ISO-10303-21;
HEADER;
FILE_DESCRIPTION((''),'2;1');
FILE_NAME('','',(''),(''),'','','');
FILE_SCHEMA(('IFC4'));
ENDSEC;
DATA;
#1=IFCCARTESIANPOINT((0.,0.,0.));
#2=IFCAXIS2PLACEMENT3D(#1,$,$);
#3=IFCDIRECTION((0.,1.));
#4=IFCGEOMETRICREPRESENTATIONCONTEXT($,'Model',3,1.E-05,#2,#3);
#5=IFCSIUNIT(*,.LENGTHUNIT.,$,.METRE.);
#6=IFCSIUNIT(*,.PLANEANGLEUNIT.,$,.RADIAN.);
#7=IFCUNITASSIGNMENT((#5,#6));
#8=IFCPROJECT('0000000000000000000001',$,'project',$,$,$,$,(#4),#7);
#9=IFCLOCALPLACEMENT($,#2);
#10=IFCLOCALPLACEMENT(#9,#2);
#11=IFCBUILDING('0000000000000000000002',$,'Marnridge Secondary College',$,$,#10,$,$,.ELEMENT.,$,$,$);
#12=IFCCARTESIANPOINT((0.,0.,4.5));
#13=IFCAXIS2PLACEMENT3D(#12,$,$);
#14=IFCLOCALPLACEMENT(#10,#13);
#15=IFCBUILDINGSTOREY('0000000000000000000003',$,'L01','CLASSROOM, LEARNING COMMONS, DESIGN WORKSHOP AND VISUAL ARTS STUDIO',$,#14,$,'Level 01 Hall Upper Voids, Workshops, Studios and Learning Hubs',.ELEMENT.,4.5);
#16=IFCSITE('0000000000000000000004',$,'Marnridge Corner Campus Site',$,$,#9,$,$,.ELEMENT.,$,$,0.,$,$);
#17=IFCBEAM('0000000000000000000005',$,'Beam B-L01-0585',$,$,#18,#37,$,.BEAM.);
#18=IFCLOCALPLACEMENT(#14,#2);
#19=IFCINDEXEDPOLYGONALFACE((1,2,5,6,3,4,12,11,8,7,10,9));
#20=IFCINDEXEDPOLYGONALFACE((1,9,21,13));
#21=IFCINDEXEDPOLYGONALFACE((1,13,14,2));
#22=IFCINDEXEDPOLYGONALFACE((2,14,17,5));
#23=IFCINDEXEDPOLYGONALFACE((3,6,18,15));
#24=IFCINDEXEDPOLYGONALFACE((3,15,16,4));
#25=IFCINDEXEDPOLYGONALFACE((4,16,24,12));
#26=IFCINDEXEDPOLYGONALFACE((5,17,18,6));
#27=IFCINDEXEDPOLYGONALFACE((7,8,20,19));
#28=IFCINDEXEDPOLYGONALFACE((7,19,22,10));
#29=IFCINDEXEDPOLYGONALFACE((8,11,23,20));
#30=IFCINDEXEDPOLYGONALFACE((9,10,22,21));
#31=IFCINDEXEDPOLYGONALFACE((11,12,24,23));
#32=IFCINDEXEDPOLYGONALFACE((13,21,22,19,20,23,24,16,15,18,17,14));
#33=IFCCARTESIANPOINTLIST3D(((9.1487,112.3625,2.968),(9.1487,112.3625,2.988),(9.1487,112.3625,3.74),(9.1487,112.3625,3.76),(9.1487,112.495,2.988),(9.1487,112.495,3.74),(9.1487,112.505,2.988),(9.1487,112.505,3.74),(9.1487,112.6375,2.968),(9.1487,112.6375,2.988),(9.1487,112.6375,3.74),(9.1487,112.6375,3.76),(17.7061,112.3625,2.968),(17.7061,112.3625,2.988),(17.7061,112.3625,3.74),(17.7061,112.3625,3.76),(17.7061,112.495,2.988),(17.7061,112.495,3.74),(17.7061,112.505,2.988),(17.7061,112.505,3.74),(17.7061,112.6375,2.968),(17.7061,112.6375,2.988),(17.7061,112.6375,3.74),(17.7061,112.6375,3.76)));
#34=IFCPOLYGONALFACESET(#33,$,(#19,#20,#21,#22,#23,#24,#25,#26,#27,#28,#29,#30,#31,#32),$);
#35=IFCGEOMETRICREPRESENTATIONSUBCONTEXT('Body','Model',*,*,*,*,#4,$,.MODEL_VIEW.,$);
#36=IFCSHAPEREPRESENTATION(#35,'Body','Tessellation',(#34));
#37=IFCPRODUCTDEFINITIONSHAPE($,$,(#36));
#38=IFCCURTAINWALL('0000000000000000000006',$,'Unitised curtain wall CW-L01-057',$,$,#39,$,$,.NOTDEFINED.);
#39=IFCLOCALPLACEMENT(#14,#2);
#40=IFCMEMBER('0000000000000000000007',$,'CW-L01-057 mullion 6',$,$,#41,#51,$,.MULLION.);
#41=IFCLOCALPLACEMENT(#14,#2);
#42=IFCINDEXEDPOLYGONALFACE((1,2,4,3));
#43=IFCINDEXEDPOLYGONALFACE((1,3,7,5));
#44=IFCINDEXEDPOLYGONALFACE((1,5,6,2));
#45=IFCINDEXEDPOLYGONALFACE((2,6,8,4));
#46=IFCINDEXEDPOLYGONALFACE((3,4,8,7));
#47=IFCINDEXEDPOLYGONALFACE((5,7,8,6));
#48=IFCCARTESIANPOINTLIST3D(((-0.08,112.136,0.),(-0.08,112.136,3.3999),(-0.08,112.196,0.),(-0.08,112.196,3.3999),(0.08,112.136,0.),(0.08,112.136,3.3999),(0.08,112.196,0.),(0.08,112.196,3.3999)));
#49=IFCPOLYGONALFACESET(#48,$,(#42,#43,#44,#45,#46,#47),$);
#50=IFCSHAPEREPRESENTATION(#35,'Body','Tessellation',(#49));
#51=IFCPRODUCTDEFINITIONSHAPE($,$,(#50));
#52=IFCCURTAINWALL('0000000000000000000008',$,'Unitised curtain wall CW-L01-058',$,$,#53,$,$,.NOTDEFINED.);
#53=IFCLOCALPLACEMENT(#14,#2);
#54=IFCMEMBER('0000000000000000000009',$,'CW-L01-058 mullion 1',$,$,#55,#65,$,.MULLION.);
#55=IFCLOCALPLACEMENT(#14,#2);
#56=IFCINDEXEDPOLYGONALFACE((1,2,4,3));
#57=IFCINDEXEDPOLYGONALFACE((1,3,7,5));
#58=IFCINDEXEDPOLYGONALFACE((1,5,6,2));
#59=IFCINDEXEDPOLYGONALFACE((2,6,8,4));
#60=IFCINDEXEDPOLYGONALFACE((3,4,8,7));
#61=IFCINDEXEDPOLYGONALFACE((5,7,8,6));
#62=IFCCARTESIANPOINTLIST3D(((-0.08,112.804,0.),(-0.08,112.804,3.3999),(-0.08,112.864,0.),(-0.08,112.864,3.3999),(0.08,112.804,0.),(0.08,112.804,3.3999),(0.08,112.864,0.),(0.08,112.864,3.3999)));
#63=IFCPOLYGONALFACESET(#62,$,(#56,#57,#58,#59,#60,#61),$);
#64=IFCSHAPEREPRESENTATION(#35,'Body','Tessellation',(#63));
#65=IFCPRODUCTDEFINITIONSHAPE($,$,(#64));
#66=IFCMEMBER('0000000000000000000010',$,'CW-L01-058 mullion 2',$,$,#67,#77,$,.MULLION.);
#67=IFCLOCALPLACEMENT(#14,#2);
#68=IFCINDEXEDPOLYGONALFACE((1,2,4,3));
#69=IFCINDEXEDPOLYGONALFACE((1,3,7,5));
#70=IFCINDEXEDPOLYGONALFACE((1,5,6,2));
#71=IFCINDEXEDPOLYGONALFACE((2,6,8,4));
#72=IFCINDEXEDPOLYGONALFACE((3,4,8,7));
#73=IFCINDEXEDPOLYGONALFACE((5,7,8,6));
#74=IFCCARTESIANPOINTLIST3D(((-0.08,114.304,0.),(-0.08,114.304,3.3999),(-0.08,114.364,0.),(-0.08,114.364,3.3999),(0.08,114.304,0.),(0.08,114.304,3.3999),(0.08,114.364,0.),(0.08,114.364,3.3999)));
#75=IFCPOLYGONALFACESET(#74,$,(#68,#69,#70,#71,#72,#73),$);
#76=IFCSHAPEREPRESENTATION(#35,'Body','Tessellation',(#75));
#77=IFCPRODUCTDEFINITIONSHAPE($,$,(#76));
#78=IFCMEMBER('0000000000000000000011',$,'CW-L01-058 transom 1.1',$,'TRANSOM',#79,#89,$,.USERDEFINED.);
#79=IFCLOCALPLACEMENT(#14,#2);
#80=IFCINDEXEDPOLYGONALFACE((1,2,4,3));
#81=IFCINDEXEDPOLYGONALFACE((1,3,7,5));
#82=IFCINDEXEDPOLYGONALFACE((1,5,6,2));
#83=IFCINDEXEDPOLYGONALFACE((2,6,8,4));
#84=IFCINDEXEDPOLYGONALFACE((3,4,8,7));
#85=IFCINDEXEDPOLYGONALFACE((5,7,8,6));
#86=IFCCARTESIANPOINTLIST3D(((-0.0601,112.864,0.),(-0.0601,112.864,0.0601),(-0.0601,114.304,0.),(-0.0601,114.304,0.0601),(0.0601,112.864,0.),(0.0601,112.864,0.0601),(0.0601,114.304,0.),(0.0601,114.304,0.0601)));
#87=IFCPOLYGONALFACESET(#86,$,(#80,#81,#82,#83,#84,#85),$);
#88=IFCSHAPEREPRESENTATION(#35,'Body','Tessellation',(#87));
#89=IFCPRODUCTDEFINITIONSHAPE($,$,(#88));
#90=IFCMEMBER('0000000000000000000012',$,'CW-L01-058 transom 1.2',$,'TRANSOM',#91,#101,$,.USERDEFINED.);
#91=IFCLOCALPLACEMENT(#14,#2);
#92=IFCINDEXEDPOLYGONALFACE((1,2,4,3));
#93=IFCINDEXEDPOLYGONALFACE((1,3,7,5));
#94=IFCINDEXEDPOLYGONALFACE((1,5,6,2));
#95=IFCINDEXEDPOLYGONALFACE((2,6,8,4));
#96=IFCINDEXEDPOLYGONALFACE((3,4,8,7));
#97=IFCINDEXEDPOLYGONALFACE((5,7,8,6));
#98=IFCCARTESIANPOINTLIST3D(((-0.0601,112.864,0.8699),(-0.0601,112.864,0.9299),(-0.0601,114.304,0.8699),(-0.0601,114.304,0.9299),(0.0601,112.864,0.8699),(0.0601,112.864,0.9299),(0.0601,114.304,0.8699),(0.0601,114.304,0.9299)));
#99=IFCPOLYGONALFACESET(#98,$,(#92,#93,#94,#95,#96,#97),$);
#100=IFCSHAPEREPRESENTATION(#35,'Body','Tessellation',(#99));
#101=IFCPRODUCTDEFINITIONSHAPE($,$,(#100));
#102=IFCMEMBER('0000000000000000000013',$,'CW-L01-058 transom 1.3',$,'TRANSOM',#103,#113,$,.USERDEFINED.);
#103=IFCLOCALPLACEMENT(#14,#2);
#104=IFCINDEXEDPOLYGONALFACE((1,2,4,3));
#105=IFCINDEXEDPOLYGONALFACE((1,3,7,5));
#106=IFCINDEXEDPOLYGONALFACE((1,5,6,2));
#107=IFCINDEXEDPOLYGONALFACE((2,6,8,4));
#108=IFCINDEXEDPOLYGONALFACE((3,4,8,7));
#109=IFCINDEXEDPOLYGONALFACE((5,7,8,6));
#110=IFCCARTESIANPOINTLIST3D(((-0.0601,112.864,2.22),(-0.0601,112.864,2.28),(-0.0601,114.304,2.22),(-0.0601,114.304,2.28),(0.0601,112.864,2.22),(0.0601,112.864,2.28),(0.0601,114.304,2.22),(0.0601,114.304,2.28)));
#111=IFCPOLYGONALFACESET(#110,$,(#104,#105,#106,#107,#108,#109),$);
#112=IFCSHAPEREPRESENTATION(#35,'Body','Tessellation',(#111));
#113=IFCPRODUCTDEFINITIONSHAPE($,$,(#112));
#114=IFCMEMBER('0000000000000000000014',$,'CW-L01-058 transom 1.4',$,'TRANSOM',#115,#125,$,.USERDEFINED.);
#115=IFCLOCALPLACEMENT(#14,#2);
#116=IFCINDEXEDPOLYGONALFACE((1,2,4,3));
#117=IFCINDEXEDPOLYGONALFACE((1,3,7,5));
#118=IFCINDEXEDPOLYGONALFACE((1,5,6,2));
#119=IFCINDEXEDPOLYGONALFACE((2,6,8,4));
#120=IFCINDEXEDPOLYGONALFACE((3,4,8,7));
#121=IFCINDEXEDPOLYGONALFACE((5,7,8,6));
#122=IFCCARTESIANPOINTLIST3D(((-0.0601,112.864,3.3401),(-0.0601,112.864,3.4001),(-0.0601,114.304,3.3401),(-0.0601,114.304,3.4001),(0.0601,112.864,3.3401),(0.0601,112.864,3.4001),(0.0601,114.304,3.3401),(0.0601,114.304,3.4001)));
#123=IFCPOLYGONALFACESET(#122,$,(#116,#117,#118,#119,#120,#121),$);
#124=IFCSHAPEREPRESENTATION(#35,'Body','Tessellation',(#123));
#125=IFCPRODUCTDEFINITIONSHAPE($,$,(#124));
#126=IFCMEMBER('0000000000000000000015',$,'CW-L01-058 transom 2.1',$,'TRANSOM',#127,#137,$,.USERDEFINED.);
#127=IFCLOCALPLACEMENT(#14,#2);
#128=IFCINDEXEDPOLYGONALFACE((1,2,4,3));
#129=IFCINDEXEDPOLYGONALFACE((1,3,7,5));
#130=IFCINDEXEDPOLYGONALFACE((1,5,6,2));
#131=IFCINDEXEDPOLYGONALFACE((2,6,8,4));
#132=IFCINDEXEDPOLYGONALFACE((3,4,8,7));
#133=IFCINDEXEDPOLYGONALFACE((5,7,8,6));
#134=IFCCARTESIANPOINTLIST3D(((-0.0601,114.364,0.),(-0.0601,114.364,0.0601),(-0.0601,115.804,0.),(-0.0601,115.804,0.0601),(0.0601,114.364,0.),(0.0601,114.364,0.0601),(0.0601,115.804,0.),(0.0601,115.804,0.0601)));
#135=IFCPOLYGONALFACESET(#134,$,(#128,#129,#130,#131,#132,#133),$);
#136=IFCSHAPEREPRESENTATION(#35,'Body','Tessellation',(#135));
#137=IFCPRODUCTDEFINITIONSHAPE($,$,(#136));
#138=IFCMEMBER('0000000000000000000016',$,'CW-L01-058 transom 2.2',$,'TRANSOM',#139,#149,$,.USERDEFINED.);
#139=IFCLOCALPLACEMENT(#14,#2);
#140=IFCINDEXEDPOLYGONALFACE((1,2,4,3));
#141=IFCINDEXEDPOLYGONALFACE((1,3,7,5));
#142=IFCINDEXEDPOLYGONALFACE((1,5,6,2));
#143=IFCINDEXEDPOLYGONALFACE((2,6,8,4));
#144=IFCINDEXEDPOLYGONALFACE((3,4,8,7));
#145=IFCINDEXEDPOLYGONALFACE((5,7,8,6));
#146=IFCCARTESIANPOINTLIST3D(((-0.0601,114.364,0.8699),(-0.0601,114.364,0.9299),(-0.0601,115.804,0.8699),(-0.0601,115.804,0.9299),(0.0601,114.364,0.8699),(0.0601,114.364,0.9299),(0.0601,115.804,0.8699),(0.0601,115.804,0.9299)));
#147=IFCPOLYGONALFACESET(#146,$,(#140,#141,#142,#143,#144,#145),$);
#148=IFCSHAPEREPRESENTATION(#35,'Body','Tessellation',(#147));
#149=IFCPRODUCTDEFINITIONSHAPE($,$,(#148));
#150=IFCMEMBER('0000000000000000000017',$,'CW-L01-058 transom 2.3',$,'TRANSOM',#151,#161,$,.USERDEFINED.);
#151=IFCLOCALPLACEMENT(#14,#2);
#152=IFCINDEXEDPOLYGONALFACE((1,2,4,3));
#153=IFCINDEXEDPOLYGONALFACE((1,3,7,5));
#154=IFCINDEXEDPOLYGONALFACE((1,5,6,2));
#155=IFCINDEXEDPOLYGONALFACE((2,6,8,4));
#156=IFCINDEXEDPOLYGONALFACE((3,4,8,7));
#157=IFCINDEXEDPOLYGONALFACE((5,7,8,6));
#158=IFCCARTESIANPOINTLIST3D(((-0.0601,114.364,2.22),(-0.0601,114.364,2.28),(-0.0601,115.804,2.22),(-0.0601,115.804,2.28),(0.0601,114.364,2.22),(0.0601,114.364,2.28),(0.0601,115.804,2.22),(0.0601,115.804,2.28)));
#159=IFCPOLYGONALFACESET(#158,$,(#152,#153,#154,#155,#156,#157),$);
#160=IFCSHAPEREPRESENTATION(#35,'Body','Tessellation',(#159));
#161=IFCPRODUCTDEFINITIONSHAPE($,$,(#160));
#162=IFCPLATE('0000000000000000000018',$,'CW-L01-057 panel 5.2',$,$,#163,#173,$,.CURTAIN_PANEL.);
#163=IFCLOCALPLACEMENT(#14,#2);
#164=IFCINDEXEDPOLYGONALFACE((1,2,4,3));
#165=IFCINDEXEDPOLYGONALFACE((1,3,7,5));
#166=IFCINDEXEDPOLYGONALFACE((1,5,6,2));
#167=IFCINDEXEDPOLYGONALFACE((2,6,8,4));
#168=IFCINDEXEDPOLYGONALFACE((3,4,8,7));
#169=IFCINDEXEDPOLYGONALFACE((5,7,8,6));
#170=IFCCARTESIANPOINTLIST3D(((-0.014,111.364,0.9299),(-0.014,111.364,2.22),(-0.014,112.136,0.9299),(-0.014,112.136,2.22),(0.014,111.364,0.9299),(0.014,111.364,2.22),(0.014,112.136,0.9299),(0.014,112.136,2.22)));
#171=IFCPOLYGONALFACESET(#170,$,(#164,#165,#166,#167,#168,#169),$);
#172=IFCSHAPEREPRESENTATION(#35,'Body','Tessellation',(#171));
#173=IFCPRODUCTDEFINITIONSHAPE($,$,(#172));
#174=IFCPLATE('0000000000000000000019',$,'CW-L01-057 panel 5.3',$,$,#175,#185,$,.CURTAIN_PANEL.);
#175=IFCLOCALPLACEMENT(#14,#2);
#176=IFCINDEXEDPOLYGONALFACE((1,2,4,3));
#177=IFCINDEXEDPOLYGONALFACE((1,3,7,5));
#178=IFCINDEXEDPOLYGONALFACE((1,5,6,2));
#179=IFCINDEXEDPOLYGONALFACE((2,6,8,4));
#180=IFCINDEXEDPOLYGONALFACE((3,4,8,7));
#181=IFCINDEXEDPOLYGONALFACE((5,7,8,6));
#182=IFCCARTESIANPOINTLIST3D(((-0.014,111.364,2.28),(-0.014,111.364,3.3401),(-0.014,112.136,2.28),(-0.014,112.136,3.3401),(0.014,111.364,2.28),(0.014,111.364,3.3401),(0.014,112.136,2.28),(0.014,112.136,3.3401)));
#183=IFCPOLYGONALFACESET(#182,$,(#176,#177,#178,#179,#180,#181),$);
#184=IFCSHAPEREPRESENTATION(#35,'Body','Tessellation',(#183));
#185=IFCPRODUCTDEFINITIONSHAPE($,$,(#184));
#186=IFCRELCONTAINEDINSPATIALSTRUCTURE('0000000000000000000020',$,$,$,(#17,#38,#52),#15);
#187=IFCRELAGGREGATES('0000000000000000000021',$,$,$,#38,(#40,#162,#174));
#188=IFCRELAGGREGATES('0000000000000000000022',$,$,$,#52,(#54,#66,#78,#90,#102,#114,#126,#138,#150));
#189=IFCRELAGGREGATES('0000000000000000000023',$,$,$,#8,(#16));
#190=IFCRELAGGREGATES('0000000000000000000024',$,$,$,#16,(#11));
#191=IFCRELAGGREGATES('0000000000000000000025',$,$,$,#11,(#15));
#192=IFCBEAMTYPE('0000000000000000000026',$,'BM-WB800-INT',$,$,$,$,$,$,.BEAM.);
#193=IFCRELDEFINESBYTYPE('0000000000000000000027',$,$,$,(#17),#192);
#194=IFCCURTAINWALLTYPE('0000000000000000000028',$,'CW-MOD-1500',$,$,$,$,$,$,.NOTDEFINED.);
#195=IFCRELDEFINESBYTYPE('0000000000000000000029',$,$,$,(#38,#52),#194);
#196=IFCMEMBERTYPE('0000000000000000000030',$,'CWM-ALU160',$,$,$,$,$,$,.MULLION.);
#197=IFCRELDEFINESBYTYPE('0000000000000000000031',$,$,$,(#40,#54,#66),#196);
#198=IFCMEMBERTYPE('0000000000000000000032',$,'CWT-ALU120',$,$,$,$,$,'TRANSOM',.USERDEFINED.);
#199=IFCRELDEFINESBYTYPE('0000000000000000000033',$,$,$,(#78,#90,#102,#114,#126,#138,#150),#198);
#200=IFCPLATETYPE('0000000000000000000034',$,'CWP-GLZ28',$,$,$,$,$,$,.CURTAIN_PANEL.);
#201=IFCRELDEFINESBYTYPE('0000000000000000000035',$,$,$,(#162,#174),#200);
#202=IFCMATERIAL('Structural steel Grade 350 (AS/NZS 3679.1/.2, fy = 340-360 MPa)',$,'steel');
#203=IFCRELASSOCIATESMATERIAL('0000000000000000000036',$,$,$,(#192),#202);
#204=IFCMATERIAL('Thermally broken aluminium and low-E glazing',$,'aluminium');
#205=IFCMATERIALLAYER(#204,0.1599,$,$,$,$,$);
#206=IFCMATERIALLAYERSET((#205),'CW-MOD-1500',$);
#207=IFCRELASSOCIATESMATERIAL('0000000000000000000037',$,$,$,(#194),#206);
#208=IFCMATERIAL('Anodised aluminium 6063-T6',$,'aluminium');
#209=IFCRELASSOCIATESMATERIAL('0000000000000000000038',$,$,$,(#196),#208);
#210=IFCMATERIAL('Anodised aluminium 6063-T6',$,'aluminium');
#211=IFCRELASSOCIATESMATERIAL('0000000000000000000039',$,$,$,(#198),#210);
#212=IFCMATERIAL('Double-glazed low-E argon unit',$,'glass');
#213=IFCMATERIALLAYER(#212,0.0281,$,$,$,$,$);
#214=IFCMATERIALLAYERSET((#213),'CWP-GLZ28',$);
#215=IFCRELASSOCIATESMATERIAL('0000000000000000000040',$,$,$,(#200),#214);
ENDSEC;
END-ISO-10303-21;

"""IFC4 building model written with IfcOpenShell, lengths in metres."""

from ifc_helpers import new_model, si_unit, direction, frame, origin, origin_2d, place, context, subcontext, project, spatial, rectangle, i_section, extrude, material, layer, layer_set, material_profile, profile_set, type_object, element, aggregate, save


model = new_model("IFC4")

# Units and contexts
model_context = context("Model", 3, precision=1e-05, world=origin(), true_north=direction((0.0, 1.0)))
body_context = subcontext(model_context, "Body", "Model", "MODEL_VIEW")
ifc_project = project(units=[si_unit("LENGTHUNIT", "METRE"), si_unit("PLANEANGLEUNIT", "RADIAN")], contexts=[model_context])

# Site, building, storey
site_placement = place(None, origin())
site = spatial("IfcSite", under=ifc_project, at=site_placement, Name="Marnridge Corner Campus Site", CompositionType="ELEMENT", RefElevation=0.0)
building_placement = place(site_placement, origin())
building = spatial("IfcBuilding", under=site, at=building_placement, Name="Marnridge Secondary College", CompositionType="ELEMENT")
storey_placement = place(building_placement, frame((0.0, 0.0, 4.5)))
storey = spatial("IfcBuildingStorey", under=building, at=storey_placement, Name="L01", Description="CLASSROOM, LEARNING COMMONS, DESIGN WORKSHOP AND VISUAL ARTS STUDIO", LongName="Level 01 Hall Upper Voids, Workshops, Studios and Learning Hubs", CompositionType="ELEMENT", Elevation=4.5)

# Beam
ifc_material_1 = material(Name="Structural steel Grade 350 (AS/NZS 3679.1/.2, fy = 340-360 MPa)", Category="steel")
ifc_material_profile_1 = material_profile(ifc_material_1, i_section(OverallWidth=0.2749, OverallDepth=0.792, WebThickness=0.01, FlangeThickness=0.02, at=origin_2d()), Name="800WB146")
ifc_profile_set_1 = profile_set([ifc_material_profile_1], Name="Structural steel Grade 350 (AS/NZS 3679.1/.2, fy = 340-360 MPa)")
beam_type_1 = type_object("IfcBeamType", Name="BM-WB800-INT", PredefinedType="BEAM", material=ifc_profile_set_1)
beam_1_placement = place(storey_placement, frame((9.1487, 112.5, 3.364), z_axis=(1.0, 0.0, 0.0), x_axis=(0.0, 1.0, 0.0)))
element("IfcBeam", 1, at=beam_1_placement, inside=storey, type_object=beam_type_1, Name="Beam B-L01-0585", PredefinedType="BEAM", context=body_context, shape_type="SweptSolid", body=[
    extrude(i_section(OverallWidth=0.2749, OverallDepth=0.792, WebThickness=0.01, FlangeThickness=0.02, at=origin_2d()), origin(), (0.0, 0.0, 1.0), 8.5574),
])

# Curtain wall, member
ifc_material_2 = material(Name="Thermally broken aluminium and low-E glazing", Category="aluminium")
ifc_layer_1 = layer(ifc_material_2, 0.1599)
ifc_layer_set_1 = layer_set([ifc_layer_1], Name="CW-MOD-1500")
curtain_wall_type = type_object("IfcCurtainWallType", Name="CW-MOD-1500", PredefinedType="NOTDEFINED", material=ifc_layer_set_1)
curtain_wall_1_placement = place(storey_placement, origin())
curtain_wall_1 = element("IfcCurtainWall", 2, at=curtain_wall_1_placement, inside=storey, type_object=curtain_wall_type, Name="Unitised curtain wall CW-L01-057", PredefinedType="NOTDEFINED")
ifc_material_3 = material(Name="Anodised aluminium 6063-T6", Category="aluminium")
ifc_material_profile_2 = material_profile(ifc_material_3, rectangle(XDim=0.0601, YDim=0.1599, at=origin_2d()), Name="ALU 60x160")
ifc_profile_set_2 = profile_set([ifc_material_profile_2], Name="Anodised aluminium 6063-T6")
member_type_1 = type_object("IfcMemberType", Name="CWM-ALU160", PredefinedType="MULLION", material=ifc_profile_set_2)
member_1_placement = place(storey_placement, frame((0.0, 112.166, 0.0), z_axis=(0.0, 0.0, 1.0), x_axis=(0.0, 1.0, 0.0)))
member_1 = element("IfcMember", 3, at=member_1_placement, type_object=member_type_1, Name="CW-L01-057 mullion 6", PredefinedType="MULLION", context=body_context, shape_type="SweptSolid", body=[
    extrude(rectangle(XDim=0.0601, YDim=0.1599, at=origin_2d()), origin(), (0.0, 0.0, 1.0), 3.3999),
])

# Curtain wall, members
curtain_wall_2_placement = place(storey_placement, origin())
curtain_wall_2 = element("IfcCurtainWall", 4, at=curtain_wall_2_placement, inside=storey, type_object=curtain_wall_type, Name="Unitised curtain wall CW-L01-058", PredefinedType="NOTDEFINED")
member_2_placement = place(storey_placement, frame((0.0, 112.834, 0.0), z_axis=(0.0, 0.0, 1.0), x_axis=(0.0, 1.0, 0.0)))
member_2 = element("IfcMember", 5, at=member_2_placement, type_object=member_type_1, Name="CW-L01-058 mullion 1", PredefinedType="MULLION", context=body_context, shape_type="SweptSolid", body=[
    extrude(rectangle(XDim=0.0601, YDim=0.1599, at=origin_2d()), origin(), (0.0, 0.0, 1.0), 3.3999),
])
member_3_placement = place(storey_placement, frame((0.0, 114.334, 0.0), z_axis=(0.0, 0.0, 1.0), x_axis=(0.0, 1.0, 0.0)))
member_3 = element("IfcMember", 6, at=member_3_placement, type_object=member_type_1, Name="CW-L01-058 mullion 2", PredefinedType="MULLION", context=body_context, shape_type="SweptSolid", body=[
    extrude(rectangle(XDim=0.0601, YDim=0.1599, at=origin_2d()), origin(), (0.0, 0.0, 1.0), 3.3999),
])
ifc_material_4 = material(Name="Anodised aluminium 6063-T6", Category="aluminium")
ifc_material_profile_3 = material_profile(ifc_material_4, rectangle(XDim=0.0601, YDim=0.1201, at=origin_2d()), Name="ALU 60x120")
ifc_profile_set_3 = profile_set([ifc_material_profile_3], Name="Anodised aluminium 6063-T6")
member_type_2 = type_object("IfcMemberType", Name="CWT-ALU120", ElementType="TRANSOM", PredefinedType="USERDEFINED", material=ifc_profile_set_3)
member_4_placement = place(storey_placement, frame((0.0, 112.864, 0.03), z_axis=(0.0, 1.0, 0.0), x_axis=(0.0, 0.0, 1.0)))
member_4 = element("IfcMember", 7, at=member_4_placement, type_object=member_type_2, Name="CW-L01-058 transom 1.1", ObjectType="TRANSOM", PredefinedType="USERDEFINED", context=body_context, shape_type="SweptSolid", body=[
    extrude(rectangle(XDim=0.0601, YDim=0.1201, at=origin_2d()), origin(), (0.0, 0.0, 1.0), 1.4399),
])
member_5_placement = place(storey_placement, frame((0.0, 112.864, 0.8999), z_axis=(0.0, 1.0, 0.0), x_axis=(0.0, 0.0, 1.0)))
member_5 = element("IfcMember", 8, at=member_5_placement, type_object=member_type_2, Name="CW-L01-058 transom 1.2", ObjectType="TRANSOM", PredefinedType="USERDEFINED", context=body_context, shape_type="SweptSolid", body=[
    extrude(rectangle(XDim=0.0601, YDim=0.1201, at=origin_2d()), origin(), (0.0, 0.0, 1.0), 1.4399),
])
member_6_placement = place(storey_placement, frame((0.0, 112.864, 2.25), z_axis=(0.0, 1.0, 0.0), x_axis=(0.0, 0.0, 1.0)))
member_6 = element("IfcMember", 9, at=member_6_placement, type_object=member_type_2, Name="CW-L01-058 transom 1.3", ObjectType="TRANSOM", PredefinedType="USERDEFINED", context=body_context, shape_type="SweptSolid", body=[
    extrude(rectangle(XDim=0.0601, YDim=0.1201, at=origin_2d()), origin(), (0.0, 0.0, 1.0), 1.4399),
])
member_7_placement = place(storey_placement, frame((0.0, 112.864, 3.3701), z_axis=(0.0, 1.0, 0.0), x_axis=(0.0, 0.0, 1.0)))
member_7 = element("IfcMember", 10, at=member_7_placement, type_object=member_type_2, Name="CW-L01-058 transom 1.4", ObjectType="TRANSOM", PredefinedType="USERDEFINED", context=body_context, shape_type="SweptSolid", body=[
    extrude(rectangle(XDim=0.0601, YDim=0.1201, at=origin_2d()), origin(), (0.0, 0.0, 1.0), 1.4399),
])
member_8_placement = place(storey_placement, frame((0.0, 114.364, 0.03), z_axis=(0.0, 1.0, 0.0), x_axis=(0.0, 0.0, 1.0)))
member_8 = element("IfcMember", 11, at=member_8_placement, type_object=member_type_2, Name="CW-L01-058 transom 2.1", ObjectType="TRANSOM", PredefinedType="USERDEFINED", context=body_context, shape_type="SweptSolid", body=[
    extrude(rectangle(XDim=0.0601, YDim=0.1201, at=origin_2d()), origin(), (0.0, 0.0, 1.0), 1.4399),
])
member_9_placement = place(storey_placement, frame((0.0, 114.364, 0.8999), z_axis=(0.0, 1.0, 0.0), x_axis=(0.0, 0.0, 1.0)))
member_9 = element("IfcMember", 12, at=member_9_placement, type_object=member_type_2, Name="CW-L01-058 transom 2.2", ObjectType="TRANSOM", PredefinedType="USERDEFINED", context=body_context, shape_type="SweptSolid", body=[
    extrude(rectangle(XDim=0.0601, YDim=0.1201, at=origin_2d()), origin(), (0.0, 0.0, 1.0), 1.4399),
])
member_10_placement = place(storey_placement, frame((0.0, 114.364, 2.25), z_axis=(0.0, 1.0, 0.0), x_axis=(0.0, 0.0, 1.0)))
member_10 = element("IfcMember", 13, at=member_10_placement, type_object=member_type_2, Name="CW-L01-058 transom 2.3", ObjectType="TRANSOM", PredefinedType="USERDEFINED", context=body_context, shape_type="SweptSolid", body=[
    extrude(rectangle(XDim=0.0601, YDim=0.1201, at=origin_2d()), origin(), (0.0, 0.0, 1.0), 1.4399),
])

# Plates
ifc_material_5 = material(Name="Double-glazed low-E argon unit", Category="glass")
ifc_layer_2 = layer(ifc_material_5, 0.0281)
ifc_layer_set_2 = layer_set([ifc_layer_2], Name="CWP-GLZ28")
plate_type = type_object("IfcPlateType", Name="CWP-GLZ28", PredefinedType="CURTAIN_PANEL", material=ifc_layer_set_2)
plate_1_placement = place(storey_placement, frame((0.0, 111.75, 0.9299), z_axis=(0.0, 0.0, 1.0), x_axis=(0.0, 1.0, 0.0)))
plate_1 = element("IfcPlate", 14, at=plate_1_placement, type_object=plate_type, Name="CW-L01-057 panel 5.2", PredefinedType="CURTAIN_PANEL", context=body_context, shape_type="SweptSolid", body=[
    extrude(rectangle(XDim=0.772, YDim=0.0281, at=origin_2d()), origin(), (0.0, 0.0, 1.0), 1.29),
])
plate_2_placement = place(storey_placement, frame((0.0, 111.75, 2.28), z_axis=(0.0, 0.0, 1.0), x_axis=(0.0, 1.0, 0.0)))
plate_2 = element("IfcPlate", 15, at=plate_2_placement, type_object=plate_type, Name="CW-L01-057 panel 5.3", PredefinedType="CURTAIN_PANEL", context=body_context, shape_type="SweptSolid", body=[
    extrude(rectangle(XDim=0.772, YDim=0.0281, at=origin_2d()), origin(), (0.0, 0.0, 1.0), 1.0601),
])
aggregate(curtain_wall_1, [member_1, plate_1, plate_2])
aggregate(curtain_wall_2, [member_2, member_3, member_4, member_5, member_6, member_7, member_8, member_9, member_10])

save(model, "model.ifc")
